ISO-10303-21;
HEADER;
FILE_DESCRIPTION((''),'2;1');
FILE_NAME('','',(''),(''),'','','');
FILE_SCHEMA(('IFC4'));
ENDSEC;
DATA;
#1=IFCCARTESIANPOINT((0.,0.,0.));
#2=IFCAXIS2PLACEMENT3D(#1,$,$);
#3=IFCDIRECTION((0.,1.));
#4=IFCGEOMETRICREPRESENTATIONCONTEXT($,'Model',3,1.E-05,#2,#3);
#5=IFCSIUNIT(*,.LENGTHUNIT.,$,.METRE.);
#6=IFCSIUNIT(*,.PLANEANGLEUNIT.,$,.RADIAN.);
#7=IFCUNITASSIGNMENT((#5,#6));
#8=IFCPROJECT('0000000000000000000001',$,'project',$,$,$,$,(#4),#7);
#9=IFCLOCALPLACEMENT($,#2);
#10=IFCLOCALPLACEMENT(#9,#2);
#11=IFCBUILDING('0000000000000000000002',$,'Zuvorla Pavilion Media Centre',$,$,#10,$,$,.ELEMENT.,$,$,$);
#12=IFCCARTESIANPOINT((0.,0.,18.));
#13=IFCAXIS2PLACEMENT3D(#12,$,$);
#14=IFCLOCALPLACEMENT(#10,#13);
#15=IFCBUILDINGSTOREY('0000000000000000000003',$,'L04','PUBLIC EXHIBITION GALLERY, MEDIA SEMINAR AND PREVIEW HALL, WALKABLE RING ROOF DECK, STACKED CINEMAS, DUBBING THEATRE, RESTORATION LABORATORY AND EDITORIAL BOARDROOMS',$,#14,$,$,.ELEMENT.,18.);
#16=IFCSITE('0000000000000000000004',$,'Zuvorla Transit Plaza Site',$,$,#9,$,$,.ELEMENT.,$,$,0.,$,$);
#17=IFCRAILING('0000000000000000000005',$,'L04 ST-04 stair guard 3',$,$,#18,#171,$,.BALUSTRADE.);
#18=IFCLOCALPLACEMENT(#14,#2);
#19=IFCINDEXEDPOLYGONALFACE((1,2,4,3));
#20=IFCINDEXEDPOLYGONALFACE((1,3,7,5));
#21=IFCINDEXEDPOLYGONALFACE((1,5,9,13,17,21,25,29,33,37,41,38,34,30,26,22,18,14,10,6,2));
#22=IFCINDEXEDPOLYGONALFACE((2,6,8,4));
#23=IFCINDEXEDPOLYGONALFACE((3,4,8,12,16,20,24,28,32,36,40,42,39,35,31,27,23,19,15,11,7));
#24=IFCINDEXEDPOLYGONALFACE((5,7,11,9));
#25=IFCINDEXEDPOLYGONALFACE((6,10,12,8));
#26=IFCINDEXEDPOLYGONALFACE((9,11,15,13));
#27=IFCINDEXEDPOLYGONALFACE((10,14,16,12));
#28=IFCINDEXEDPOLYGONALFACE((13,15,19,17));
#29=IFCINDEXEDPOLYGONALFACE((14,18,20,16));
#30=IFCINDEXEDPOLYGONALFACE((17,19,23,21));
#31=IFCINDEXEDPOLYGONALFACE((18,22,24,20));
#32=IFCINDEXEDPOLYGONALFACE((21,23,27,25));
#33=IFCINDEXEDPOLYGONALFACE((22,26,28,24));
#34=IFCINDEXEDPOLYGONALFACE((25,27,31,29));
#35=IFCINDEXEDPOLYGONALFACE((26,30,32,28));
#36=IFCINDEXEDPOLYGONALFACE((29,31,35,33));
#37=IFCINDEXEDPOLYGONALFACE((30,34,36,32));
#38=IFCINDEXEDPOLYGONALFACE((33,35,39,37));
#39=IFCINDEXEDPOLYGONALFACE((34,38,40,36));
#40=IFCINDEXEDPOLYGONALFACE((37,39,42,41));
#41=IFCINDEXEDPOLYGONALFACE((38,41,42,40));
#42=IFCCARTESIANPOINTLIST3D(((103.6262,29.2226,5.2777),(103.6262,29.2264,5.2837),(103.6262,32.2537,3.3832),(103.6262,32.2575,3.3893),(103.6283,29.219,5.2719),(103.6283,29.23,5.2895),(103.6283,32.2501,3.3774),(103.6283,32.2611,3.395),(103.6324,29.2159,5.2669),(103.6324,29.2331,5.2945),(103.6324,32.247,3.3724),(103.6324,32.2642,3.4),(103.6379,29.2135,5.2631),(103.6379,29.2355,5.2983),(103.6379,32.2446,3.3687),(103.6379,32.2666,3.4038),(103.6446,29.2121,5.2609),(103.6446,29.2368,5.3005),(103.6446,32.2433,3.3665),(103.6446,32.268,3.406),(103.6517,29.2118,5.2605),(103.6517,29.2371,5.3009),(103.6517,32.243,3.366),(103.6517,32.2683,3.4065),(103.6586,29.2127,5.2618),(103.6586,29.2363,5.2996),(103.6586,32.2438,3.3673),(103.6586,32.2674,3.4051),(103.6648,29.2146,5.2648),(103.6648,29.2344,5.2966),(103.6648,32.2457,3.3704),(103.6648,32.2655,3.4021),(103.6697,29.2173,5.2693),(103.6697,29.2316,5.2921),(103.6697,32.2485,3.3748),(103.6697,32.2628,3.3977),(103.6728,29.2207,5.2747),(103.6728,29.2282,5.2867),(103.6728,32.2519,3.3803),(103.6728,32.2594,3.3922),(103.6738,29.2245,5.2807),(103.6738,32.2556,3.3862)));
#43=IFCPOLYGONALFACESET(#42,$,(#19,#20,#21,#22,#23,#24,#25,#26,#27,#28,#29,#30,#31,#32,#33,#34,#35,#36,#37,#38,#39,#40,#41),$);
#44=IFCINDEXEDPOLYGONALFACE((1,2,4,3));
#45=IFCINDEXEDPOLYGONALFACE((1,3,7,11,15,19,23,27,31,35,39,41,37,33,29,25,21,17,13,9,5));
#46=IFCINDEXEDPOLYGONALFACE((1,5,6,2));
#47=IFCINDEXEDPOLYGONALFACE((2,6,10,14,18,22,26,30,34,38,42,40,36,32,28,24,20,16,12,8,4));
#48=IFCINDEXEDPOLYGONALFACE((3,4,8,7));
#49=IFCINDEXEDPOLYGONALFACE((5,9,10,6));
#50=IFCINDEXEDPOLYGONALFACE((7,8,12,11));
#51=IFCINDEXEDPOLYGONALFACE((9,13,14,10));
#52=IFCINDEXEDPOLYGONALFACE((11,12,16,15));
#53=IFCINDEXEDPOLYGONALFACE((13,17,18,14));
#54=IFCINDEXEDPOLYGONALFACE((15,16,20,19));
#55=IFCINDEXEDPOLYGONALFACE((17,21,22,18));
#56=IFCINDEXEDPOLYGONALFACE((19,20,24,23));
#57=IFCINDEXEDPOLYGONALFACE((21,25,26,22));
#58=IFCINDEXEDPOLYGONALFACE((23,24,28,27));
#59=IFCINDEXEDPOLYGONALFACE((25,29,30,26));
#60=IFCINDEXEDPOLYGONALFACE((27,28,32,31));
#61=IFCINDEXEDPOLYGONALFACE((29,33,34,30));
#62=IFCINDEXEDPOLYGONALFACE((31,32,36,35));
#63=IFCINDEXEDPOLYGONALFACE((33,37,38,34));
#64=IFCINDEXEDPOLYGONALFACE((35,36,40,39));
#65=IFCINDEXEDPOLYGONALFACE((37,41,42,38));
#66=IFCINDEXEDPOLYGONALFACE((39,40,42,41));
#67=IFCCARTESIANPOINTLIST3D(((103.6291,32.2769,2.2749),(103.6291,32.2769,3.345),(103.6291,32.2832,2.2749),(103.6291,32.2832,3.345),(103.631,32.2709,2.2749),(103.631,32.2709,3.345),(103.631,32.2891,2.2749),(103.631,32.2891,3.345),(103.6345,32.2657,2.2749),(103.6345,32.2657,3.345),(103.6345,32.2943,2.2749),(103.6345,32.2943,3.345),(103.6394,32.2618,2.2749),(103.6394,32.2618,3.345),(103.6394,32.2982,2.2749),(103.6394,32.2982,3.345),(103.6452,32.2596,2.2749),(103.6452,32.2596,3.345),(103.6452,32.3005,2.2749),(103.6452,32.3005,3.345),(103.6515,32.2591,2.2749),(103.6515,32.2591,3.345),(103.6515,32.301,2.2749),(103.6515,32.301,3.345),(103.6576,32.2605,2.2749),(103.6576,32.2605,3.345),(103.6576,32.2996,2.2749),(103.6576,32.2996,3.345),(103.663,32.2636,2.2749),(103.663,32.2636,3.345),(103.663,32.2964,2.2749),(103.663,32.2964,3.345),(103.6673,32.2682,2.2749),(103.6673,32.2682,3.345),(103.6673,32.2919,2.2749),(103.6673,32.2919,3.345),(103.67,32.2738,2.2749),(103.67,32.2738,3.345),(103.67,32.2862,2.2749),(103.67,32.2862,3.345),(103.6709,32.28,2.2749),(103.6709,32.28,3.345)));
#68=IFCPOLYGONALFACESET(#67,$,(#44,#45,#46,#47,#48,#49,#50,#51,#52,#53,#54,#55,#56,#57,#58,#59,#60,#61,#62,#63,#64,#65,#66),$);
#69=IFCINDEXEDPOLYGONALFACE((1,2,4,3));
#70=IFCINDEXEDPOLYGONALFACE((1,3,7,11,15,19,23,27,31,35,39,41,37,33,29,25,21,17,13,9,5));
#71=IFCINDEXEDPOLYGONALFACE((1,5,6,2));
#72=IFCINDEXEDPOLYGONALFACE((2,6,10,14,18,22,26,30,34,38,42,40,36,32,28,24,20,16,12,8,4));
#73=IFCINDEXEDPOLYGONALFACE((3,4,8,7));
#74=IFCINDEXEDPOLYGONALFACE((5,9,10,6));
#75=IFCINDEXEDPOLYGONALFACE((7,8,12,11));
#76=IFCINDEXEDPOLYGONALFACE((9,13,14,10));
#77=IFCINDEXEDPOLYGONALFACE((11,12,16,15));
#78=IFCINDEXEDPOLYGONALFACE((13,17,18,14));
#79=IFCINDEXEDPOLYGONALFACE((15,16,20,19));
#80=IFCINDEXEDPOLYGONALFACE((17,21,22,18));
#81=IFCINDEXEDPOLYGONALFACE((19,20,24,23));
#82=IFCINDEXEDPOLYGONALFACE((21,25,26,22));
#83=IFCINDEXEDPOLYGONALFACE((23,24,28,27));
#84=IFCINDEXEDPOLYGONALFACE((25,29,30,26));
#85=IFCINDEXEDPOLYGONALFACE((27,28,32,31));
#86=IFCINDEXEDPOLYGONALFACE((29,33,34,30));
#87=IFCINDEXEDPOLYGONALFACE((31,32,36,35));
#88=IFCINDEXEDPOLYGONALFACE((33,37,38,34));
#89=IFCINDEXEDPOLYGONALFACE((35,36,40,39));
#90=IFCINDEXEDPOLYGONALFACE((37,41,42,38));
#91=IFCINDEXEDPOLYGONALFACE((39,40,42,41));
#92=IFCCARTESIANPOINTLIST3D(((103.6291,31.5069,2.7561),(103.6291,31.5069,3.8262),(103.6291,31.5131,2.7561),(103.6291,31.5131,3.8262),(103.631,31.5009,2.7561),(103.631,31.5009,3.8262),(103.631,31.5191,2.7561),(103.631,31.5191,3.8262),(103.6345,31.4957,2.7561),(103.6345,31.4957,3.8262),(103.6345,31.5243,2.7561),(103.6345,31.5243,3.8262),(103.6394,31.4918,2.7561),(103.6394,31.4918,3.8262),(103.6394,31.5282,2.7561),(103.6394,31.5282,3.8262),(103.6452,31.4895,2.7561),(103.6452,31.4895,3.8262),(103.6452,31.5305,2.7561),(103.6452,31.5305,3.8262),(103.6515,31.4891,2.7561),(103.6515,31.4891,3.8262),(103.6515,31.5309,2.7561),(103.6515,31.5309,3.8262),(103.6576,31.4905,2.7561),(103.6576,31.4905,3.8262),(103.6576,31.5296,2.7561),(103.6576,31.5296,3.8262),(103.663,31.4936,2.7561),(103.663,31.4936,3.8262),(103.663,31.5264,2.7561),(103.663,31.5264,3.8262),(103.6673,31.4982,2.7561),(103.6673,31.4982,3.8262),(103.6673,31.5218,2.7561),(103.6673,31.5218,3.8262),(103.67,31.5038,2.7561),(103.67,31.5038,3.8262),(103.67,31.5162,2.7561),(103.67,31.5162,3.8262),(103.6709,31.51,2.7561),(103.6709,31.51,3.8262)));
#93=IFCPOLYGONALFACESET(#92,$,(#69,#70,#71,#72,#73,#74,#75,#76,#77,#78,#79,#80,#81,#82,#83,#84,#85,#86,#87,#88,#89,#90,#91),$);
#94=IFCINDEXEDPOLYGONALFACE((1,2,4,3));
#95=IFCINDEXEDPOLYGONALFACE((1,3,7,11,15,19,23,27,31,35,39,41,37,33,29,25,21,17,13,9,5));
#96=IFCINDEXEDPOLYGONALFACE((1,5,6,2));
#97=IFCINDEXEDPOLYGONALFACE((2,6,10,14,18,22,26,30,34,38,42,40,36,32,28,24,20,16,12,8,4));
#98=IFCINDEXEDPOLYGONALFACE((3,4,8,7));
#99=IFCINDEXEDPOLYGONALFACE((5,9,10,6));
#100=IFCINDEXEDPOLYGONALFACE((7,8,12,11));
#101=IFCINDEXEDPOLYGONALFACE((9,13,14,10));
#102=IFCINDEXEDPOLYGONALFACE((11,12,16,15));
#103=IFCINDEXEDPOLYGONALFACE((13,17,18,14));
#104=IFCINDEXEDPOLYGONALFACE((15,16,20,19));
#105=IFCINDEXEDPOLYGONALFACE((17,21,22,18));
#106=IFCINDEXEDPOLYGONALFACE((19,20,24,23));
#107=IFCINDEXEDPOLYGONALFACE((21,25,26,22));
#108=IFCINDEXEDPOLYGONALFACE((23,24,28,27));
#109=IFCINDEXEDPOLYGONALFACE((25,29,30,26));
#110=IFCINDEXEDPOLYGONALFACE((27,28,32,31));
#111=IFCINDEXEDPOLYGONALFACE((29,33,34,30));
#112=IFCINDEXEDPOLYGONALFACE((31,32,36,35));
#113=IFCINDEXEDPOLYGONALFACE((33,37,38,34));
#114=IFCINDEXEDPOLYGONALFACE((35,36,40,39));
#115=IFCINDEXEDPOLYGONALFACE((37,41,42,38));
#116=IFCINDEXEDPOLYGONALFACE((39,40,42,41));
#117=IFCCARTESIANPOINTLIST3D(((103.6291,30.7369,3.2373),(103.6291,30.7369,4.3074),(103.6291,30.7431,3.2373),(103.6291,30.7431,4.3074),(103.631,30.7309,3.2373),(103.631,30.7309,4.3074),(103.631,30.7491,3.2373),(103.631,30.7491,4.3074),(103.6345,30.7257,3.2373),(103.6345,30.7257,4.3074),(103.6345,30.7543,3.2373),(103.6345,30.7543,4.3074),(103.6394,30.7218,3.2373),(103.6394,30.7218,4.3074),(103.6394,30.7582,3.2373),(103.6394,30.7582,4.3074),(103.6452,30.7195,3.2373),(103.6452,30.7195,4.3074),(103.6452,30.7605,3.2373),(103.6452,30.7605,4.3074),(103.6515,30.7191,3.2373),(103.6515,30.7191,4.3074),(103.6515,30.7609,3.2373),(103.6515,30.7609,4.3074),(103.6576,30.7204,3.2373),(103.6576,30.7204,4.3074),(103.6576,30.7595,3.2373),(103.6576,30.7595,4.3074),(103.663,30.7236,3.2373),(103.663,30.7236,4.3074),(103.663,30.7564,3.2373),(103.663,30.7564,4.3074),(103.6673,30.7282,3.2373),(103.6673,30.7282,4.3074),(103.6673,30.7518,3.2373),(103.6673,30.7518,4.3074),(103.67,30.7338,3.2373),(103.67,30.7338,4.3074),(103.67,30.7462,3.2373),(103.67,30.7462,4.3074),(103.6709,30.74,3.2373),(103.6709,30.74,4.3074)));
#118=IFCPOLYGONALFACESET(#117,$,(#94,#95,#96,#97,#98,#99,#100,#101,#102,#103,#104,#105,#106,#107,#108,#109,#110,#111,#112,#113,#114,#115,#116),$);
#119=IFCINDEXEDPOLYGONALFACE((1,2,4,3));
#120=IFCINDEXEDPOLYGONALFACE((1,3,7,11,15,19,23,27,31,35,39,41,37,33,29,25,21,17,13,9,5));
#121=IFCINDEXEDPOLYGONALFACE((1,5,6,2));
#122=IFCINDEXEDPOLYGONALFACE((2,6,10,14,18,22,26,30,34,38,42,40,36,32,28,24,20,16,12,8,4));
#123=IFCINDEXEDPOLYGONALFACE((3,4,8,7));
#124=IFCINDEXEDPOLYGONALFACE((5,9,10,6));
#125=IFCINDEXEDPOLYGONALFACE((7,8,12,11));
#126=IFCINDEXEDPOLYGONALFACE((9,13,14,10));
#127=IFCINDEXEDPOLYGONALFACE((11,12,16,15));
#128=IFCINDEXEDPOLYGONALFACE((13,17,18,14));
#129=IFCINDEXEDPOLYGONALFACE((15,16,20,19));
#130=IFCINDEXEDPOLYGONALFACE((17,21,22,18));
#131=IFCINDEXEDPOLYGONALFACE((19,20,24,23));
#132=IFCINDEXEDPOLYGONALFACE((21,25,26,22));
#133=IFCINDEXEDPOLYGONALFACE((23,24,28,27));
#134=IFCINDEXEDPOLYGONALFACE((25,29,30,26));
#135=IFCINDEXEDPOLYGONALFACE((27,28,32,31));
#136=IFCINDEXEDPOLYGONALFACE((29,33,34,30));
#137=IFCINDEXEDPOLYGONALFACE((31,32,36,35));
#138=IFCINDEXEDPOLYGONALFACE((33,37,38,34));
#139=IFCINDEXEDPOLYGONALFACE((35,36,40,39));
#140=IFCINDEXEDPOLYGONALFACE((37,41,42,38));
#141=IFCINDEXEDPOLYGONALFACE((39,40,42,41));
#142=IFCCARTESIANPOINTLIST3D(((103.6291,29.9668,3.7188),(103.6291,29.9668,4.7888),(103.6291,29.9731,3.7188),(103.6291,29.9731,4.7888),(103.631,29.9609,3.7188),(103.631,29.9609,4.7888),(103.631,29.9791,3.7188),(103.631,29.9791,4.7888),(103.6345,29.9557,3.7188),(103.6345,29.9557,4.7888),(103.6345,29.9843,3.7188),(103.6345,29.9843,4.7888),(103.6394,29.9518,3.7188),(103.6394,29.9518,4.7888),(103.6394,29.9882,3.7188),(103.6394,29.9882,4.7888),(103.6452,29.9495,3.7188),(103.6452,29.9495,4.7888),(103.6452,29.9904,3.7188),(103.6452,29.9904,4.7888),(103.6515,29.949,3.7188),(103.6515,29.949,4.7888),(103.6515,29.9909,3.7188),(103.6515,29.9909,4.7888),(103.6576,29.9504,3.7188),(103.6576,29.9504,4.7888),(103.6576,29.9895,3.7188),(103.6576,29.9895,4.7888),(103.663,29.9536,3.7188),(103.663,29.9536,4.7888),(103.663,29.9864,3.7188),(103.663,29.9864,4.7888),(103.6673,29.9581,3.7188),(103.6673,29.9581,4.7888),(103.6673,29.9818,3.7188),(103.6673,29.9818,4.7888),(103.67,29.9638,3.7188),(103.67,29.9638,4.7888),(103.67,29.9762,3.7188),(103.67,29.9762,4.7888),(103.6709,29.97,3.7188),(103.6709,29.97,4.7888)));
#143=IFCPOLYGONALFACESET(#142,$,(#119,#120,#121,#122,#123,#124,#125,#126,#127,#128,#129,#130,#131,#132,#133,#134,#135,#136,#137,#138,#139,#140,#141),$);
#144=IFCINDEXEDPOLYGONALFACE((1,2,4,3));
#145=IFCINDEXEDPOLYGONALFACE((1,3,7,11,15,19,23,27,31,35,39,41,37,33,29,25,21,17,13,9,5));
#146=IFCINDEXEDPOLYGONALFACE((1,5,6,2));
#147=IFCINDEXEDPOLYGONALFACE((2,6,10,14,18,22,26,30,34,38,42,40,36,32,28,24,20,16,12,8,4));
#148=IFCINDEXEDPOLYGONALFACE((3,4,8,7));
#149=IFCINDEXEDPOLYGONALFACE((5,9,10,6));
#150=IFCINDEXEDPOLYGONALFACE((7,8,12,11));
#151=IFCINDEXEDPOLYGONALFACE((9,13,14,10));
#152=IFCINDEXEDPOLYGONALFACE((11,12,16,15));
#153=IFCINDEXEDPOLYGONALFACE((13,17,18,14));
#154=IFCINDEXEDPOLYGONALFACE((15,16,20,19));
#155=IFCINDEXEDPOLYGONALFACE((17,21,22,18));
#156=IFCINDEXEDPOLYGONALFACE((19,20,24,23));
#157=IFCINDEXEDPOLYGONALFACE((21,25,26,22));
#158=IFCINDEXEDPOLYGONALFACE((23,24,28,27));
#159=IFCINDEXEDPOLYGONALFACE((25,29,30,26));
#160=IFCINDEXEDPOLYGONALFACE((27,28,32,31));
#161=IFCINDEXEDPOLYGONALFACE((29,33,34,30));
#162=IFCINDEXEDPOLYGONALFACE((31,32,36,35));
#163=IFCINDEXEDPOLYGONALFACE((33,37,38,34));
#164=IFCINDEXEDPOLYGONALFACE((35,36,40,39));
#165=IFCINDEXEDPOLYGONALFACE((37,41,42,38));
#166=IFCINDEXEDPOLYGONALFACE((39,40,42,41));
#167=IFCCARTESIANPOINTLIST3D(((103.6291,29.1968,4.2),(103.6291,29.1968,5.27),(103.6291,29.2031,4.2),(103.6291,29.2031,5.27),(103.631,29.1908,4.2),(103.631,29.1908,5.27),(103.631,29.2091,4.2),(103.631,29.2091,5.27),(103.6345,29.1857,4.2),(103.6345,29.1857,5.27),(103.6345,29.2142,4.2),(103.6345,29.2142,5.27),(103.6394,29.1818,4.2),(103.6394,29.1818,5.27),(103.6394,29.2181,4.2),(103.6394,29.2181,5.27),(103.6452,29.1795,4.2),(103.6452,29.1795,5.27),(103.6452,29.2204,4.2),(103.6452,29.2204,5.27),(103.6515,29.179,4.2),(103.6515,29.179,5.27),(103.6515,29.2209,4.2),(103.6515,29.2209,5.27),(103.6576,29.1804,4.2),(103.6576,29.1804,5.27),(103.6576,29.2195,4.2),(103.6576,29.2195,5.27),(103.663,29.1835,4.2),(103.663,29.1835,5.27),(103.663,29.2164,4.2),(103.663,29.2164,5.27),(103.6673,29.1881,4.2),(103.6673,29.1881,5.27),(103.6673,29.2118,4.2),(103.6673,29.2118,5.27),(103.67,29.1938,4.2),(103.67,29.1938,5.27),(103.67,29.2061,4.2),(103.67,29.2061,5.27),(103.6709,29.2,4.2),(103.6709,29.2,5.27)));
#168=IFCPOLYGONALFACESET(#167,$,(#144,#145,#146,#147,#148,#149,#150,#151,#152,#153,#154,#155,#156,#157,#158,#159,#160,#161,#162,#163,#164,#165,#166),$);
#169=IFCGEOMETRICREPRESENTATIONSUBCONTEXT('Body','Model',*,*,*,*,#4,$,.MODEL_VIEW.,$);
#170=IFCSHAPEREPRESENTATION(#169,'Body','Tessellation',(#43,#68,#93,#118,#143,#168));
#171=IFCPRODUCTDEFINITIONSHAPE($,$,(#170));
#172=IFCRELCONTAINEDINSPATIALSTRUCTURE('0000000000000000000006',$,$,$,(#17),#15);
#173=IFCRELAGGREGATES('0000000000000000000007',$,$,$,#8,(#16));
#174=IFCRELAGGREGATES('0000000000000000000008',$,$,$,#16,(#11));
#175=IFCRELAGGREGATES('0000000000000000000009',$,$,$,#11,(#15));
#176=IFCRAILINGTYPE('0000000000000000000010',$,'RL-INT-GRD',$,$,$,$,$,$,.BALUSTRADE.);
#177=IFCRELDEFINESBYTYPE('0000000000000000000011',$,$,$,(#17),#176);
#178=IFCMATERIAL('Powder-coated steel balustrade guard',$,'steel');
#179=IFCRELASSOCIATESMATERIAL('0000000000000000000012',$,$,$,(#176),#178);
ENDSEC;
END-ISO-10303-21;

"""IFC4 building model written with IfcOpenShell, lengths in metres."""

from ifc_helpers import new_model, si_unit, direction, frame, origin, origin_2d, place, context, subcontext, project, spatial, circle, extrude, material, type_object, element, save


model = new_model("IFC4")

# Units and contexts
model_context = context("Model", 3, precision=1e-05, world=origin(), true_north=direction((0.0, 1.0)))
body_context = subcontext(model_context, "Body", "Model", "MODEL_VIEW")
ifc_project = project(units=[si_unit("LENGTHUNIT", "METRE"), si_unit("PLANEANGLEUNIT", "RADIAN")], contexts=[model_context])

# Site, building, storey
site_placement = place(None, origin())
site = spatial("IfcSite", under=ifc_project, at=site_placement, Name="Zuvorla Transit Plaza Site", CompositionType="ELEMENT", RefElevation=0.0)
building_placement = place(site_placement, origin())
building = spatial("IfcBuilding", under=site, at=building_placement, Name="Zuvorla Pavilion Media Centre", CompositionType="ELEMENT")
storey_placement = place(building_placement, frame((0.0, 0.0, 18.0)))
storey = spatial("IfcBuildingStorey", under=building, at=storey_placement, Name="L04", Description="PUBLIC EXHIBITION GALLERY, MEDIA SEMINAR AND PREVIEW HALL, WALKABLE RING ROOF DECK, STACKED CINEMAS, DUBBING THEATRE, RESTORATION LABORATORY AND EDITORIAL BOARDROOMS", CompositionType="ELEMENT", Elevation=18.0)

# Railing
ifc_material_1 = material(Name="Powder-coated steel balustrade guard", Category="steel")
railing_type_1 = type_object("IfcRailingType", Name="RL-INT-GRD", PredefinedType="BALUSTRADE", material=ifc_material_1)
railing_1_placement = place(storey_placement, frame((103.6499, 32.28, 2.2749)))
element("IfcRailing", 1, at=railing_1_placement, inside=storey, type_object=railing_type_1, Name="L04 ST-04 stair guard 3", PredefinedType="BALUSTRADE", context=body_context, shape_type="SweptSolid", body=[
    extrude(circle(Radius=0.0239, at=origin_2d()), frame((0.0, -0.0244, 1.1113), z_axis=(0.0, -0.847998, 0.529999), x_axis=(1.0, 0.0, 0.0)), (0.0, 0.0, 1.0), 3.5745),
    extrude(circle(Radius=0.021, at=origin_2d()), origin(), (0.0, 0.0, 1.0), 1.0701),
    extrude(circle(Radius=0.021, at=origin_2d()), frame((0.0, -0.77, 0.4812)), (0.0, 0.0, 1.0), 1.0701),
    extrude(circle(Radius=0.021, at=origin_2d()), frame((0.0, -1.54, 0.9624)), (0.0, 0.0, 1.0), 1.0701),
    extrude(circle(Radius=0.021, at=origin_2d()), frame((0.0, -2.3101, 1.4438)), (0.0, 0.0, 1.0), 1.0701),
    extrude(circle(Radius=0.021, at=origin_2d()), frame((0.0, -3.0801, 1.925)), (0.0, 0.0, 1.0), 1.0701),
])

save(model, "model.ifc")
